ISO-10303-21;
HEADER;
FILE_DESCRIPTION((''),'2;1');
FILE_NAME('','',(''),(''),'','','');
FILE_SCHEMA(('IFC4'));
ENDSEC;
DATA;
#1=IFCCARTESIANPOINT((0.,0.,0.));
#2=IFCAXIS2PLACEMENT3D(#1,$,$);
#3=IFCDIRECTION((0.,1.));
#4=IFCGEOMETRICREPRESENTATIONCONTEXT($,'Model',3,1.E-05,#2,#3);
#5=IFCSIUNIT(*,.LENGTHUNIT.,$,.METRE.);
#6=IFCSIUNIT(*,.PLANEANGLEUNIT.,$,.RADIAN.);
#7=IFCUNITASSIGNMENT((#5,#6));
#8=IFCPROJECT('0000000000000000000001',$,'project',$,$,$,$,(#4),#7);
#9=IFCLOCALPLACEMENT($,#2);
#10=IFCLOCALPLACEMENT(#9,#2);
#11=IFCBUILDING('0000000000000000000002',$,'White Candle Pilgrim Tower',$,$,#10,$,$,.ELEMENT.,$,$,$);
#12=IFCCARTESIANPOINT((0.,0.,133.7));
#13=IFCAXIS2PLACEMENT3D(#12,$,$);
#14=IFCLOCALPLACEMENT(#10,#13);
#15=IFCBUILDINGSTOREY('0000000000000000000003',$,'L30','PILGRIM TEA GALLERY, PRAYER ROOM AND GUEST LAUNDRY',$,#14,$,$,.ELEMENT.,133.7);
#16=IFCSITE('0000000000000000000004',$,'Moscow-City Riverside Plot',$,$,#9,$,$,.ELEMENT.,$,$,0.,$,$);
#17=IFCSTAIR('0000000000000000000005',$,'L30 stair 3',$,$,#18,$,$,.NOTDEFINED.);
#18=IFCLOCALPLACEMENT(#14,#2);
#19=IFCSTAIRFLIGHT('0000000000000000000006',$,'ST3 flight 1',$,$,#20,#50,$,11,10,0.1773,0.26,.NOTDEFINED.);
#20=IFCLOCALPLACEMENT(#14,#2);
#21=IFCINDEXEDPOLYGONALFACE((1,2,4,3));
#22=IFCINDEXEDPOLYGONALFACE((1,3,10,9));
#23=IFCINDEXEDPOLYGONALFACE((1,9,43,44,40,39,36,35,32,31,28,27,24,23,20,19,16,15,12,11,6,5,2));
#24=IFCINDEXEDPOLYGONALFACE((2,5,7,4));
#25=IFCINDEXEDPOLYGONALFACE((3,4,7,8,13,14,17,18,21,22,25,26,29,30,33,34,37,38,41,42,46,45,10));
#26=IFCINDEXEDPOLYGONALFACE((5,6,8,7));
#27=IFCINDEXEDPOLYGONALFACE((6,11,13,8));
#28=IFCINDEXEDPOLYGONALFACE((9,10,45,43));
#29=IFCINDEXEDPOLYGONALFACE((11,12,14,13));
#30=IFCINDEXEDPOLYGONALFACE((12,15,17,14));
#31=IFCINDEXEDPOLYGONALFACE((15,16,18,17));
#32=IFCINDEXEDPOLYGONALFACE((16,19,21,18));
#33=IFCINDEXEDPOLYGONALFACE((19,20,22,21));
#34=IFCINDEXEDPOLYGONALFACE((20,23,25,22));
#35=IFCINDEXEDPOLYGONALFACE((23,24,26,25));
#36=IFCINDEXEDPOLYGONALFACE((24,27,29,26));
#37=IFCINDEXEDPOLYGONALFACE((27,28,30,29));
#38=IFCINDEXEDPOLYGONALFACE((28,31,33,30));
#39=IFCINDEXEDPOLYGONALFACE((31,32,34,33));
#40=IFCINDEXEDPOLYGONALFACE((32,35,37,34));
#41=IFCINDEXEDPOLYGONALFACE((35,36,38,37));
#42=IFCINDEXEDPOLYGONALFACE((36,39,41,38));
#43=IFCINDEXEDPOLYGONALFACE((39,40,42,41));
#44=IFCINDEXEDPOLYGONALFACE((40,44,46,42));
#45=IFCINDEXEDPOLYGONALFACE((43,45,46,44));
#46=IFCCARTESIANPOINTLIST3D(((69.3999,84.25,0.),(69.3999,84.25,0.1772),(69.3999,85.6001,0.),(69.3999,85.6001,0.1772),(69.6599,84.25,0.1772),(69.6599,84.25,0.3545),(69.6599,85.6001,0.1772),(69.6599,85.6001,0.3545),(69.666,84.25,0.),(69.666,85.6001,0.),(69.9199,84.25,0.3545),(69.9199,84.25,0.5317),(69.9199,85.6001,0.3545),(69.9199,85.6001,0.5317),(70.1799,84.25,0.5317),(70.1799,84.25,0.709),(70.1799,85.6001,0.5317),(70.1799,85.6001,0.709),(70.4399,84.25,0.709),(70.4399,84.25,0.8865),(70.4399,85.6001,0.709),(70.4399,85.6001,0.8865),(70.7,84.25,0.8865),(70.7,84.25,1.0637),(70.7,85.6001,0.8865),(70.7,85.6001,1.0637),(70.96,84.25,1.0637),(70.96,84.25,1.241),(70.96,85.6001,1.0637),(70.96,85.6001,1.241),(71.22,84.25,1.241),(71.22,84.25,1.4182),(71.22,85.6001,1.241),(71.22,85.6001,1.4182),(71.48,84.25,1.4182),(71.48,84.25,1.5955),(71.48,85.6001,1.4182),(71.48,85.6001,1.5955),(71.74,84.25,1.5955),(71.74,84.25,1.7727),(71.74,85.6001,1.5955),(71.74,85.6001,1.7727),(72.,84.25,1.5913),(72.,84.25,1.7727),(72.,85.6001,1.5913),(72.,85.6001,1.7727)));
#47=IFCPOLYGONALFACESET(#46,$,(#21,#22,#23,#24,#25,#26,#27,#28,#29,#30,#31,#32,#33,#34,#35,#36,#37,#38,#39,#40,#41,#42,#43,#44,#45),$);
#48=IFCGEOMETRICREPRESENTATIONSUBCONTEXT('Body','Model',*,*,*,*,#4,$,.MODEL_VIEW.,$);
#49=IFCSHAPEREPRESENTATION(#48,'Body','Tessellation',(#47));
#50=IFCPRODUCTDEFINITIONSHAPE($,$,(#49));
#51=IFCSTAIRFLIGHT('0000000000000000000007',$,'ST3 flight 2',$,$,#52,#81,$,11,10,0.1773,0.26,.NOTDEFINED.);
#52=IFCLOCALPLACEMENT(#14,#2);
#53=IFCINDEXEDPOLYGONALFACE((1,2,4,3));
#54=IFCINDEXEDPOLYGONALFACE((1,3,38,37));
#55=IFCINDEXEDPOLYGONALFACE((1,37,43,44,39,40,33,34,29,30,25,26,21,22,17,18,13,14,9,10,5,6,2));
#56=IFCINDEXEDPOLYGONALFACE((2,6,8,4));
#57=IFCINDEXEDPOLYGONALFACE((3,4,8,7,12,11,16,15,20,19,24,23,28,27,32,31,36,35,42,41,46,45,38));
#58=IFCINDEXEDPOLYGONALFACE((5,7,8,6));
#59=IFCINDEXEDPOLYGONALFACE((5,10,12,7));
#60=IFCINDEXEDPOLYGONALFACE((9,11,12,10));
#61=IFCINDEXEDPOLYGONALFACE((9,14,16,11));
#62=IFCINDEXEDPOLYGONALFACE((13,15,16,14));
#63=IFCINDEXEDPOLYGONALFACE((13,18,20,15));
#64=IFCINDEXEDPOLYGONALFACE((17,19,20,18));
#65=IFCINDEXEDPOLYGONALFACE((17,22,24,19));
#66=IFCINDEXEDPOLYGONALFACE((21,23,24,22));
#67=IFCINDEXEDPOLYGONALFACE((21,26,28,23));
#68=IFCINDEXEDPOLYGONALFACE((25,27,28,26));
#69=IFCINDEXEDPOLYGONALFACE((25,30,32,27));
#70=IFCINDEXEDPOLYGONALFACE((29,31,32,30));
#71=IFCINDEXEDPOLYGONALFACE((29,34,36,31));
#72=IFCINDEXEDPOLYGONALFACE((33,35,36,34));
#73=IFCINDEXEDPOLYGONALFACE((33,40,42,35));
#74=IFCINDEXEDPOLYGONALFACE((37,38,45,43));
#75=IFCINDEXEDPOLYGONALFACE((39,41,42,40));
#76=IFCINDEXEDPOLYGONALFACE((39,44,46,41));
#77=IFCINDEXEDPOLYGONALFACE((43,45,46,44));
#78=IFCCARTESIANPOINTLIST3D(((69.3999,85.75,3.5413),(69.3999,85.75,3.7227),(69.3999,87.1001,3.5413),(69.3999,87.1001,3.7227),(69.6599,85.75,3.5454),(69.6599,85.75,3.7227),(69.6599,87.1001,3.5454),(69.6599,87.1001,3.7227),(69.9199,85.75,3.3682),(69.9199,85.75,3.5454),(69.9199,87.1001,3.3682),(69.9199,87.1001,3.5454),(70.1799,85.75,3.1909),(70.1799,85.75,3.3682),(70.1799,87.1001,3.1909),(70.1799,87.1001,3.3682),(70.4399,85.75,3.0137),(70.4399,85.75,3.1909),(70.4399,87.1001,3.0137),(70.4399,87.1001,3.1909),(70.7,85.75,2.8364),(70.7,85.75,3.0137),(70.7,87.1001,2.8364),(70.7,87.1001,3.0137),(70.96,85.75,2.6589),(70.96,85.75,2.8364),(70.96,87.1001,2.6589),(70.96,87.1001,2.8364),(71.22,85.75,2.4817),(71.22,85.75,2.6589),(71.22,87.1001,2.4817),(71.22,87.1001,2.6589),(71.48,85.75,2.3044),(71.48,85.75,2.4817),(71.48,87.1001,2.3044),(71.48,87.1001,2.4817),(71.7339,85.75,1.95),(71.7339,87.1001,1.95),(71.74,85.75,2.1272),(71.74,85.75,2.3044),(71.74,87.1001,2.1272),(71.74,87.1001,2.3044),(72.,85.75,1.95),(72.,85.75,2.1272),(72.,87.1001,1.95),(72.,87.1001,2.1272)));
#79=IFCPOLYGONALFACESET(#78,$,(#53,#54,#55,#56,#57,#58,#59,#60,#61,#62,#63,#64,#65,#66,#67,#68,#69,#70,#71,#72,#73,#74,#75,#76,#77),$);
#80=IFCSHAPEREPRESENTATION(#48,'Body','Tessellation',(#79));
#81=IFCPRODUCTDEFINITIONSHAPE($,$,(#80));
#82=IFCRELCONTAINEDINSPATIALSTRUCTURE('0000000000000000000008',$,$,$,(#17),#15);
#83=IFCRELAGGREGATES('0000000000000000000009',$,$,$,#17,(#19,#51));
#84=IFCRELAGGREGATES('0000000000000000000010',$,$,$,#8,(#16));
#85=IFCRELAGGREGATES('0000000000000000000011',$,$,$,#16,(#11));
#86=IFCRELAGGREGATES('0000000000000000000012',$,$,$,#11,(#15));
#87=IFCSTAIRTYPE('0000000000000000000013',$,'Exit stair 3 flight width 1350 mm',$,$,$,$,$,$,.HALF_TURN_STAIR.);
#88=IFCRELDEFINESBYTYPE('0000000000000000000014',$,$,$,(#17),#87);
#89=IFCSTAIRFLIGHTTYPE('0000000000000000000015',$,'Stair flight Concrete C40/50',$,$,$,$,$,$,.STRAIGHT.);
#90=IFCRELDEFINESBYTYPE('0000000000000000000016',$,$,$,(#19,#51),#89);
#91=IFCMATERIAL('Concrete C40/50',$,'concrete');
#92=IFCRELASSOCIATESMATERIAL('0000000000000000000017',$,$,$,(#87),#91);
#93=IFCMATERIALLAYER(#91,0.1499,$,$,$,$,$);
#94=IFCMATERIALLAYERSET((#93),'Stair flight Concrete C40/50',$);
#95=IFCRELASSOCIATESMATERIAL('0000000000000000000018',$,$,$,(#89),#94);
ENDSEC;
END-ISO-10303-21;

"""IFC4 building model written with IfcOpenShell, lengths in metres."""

from ifc_helpers import new_model, si_unit, direction, frame, origin, place, context, subcontext, project, spatial, polyline, outline, extrude, material, layer, layer_set, type_object, element, aggregate, save


model = new_model("IFC4")

# Units and contexts
model_context = context("Model", 3, precision=1e-05, world=origin(), true_north=direction((0.0, 1.0)))
body_context = subcontext(model_context, "Body", "Model", "MODEL_VIEW")
ifc_project = project(units=[si_unit("LENGTHUNIT", "METRE"), si_unit("PLANEANGLEUNIT", "RADIAN")], contexts=[model_context])

# Site, building, storey
site_placement = place(None, origin())
site = spatial("IfcSite", under=ifc_project, at=site_placement, Name="Moscow-City Riverside Plot", CompositionType="ELEMENT", RefElevation=0.0)
building_placement = place(site_placement, origin())
building = spatial("IfcBuilding", under=site, at=building_placement, Name="White Candle Pilgrim Tower", CompositionType="ELEMENT")
storey_placement = place(building_placement, frame((0.0, 0.0, 133.7)))
storey = spatial("IfcBuildingStorey", under=building, at=storey_placement, Name="L30", Description="PILGRIM TEA GALLERY, PRAYER ROOM AND GUEST LAUNDRY", CompositionType="ELEMENT", Elevation=133.7)

# Stair, stair flights
ifc_material_1 = material(Name="Concrete C40/50", Category="concrete")
stair_type = type_object("IfcStairType", Name="Exit stair 3 flight width 1350 mm", PredefinedType="HALF_TURN_STAIR", material=ifc_material_1)
stair_placement = place(storey_placement, origin())
stair = element("IfcStair", 1, at=stair_placement, inside=storey, type_object=stair_type, Name="L30 stair 3", PredefinedType="NOTDEFINED")
ifc_layer_1 = layer(ifc_material_1, 0.1499)
ifc_layer_set_1 = layer_set([ifc_layer_1], Name="Stair flight Concrete C40/50")
stair_flight_type = type_object("IfcStairFlightType", Name="Stair flight Concrete C40/50", PredefinedType="STRAIGHT", material=ifc_layer_set_1)
stair_flight_1_placement = place(storey_placement, frame((69.3999, 84.925, 0.0), z_axis=(0.0, 0.0, 1.0), x_axis=(1.0, 0.0, 0.0)))
stair_flight_1 = element("IfcStairFlight", 2, at=stair_flight_1_placement, type_object=stair_flight_type, Name="ST3 flight 1", NumberOfRisers=11, NumberOfTreads=10, PredefinedType="NOTDEFINED", RiserHeight=0.1773, TreadLength=0.26, context=body_context, shape_type="SweptSolid", body=[
    extrude(outline(polyline([(0.0, 0.0), (0.0, 0.1772), (0.26, 0.1772), (0.26, 0.3545), (0.52, 0.3545), (0.52, 0.5317), (0.78, 0.5317), (0.78, 0.709), (1.04, 0.709), (1.04, 0.8865), (1.3, 0.8865), (1.3, 1.0637), (1.5601, 1.0637), (1.5601, 1.241), (1.8201, 1.241), (1.8201, 1.4182), (2.0801, 1.4182), (2.0801, 1.5955), (2.3401, 1.5955), (2.3401, 1.7727), (2.6001, 1.7727), (2.6001, 1.95), (2.6001, 1.5913), (0.2661, 0.0), (0.0, 0.0)])), frame((0.0, 0.675, 0.0), z_axis=(0.0, -1.0, 0.0), x_axis=(1.0, 0.0, 0.0)), (0.0, 0.0, 1.0), 1.3501),
])
stair_flight_2_placement = place(storey_placement, frame((72.0, 86.425, 1.95), z_axis=(0.0, 0.0, 1.0), x_axis=(-1.0, 0.0, 0.0)))
stair_flight_2 = element("IfcStairFlight", 3, at=stair_flight_2_placement, type_object=stair_flight_type, Name="ST3 flight 2", NumberOfRisers=11, NumberOfTreads=10, PredefinedType="NOTDEFINED", RiserHeight=0.1773, TreadLength=0.26, context=body_context, shape_type="SweptSolid", body=[
    extrude(outline(polyline([(0.0, 0.0), (0.0, 0.1772), (0.26, 0.1772), (0.26, 0.3545), (0.52, 0.3545), (0.52, 0.5317), (0.78, 0.5317), (0.78, 0.709), (1.04, 0.709), (1.04, 0.8865), (1.3, 0.8865), (1.3, 1.0637), (1.5601, 1.0637), (1.5601, 1.241), (1.8201, 1.241), (1.8201, 1.4182), (2.0801, 1.4182), (2.0801, 1.5955), (2.3401, 1.5955), (2.3401, 1.7727), (2.6001, 1.7727), (2.6001, 1.95), (2.6001, 1.5913), (0.2661, 0.0), (0.0, 0.0)])), frame((0.0, 0.675, 0.0), z_axis=(0.0, -1.0, 0.0), x_axis=(1.0, 0.0, 0.0)), (0.0, 0.0, 1.0), 1.3501),
])
aggregate(stair, [stair_flight_1, stair_flight_2])

save(model, "model.ifc")
